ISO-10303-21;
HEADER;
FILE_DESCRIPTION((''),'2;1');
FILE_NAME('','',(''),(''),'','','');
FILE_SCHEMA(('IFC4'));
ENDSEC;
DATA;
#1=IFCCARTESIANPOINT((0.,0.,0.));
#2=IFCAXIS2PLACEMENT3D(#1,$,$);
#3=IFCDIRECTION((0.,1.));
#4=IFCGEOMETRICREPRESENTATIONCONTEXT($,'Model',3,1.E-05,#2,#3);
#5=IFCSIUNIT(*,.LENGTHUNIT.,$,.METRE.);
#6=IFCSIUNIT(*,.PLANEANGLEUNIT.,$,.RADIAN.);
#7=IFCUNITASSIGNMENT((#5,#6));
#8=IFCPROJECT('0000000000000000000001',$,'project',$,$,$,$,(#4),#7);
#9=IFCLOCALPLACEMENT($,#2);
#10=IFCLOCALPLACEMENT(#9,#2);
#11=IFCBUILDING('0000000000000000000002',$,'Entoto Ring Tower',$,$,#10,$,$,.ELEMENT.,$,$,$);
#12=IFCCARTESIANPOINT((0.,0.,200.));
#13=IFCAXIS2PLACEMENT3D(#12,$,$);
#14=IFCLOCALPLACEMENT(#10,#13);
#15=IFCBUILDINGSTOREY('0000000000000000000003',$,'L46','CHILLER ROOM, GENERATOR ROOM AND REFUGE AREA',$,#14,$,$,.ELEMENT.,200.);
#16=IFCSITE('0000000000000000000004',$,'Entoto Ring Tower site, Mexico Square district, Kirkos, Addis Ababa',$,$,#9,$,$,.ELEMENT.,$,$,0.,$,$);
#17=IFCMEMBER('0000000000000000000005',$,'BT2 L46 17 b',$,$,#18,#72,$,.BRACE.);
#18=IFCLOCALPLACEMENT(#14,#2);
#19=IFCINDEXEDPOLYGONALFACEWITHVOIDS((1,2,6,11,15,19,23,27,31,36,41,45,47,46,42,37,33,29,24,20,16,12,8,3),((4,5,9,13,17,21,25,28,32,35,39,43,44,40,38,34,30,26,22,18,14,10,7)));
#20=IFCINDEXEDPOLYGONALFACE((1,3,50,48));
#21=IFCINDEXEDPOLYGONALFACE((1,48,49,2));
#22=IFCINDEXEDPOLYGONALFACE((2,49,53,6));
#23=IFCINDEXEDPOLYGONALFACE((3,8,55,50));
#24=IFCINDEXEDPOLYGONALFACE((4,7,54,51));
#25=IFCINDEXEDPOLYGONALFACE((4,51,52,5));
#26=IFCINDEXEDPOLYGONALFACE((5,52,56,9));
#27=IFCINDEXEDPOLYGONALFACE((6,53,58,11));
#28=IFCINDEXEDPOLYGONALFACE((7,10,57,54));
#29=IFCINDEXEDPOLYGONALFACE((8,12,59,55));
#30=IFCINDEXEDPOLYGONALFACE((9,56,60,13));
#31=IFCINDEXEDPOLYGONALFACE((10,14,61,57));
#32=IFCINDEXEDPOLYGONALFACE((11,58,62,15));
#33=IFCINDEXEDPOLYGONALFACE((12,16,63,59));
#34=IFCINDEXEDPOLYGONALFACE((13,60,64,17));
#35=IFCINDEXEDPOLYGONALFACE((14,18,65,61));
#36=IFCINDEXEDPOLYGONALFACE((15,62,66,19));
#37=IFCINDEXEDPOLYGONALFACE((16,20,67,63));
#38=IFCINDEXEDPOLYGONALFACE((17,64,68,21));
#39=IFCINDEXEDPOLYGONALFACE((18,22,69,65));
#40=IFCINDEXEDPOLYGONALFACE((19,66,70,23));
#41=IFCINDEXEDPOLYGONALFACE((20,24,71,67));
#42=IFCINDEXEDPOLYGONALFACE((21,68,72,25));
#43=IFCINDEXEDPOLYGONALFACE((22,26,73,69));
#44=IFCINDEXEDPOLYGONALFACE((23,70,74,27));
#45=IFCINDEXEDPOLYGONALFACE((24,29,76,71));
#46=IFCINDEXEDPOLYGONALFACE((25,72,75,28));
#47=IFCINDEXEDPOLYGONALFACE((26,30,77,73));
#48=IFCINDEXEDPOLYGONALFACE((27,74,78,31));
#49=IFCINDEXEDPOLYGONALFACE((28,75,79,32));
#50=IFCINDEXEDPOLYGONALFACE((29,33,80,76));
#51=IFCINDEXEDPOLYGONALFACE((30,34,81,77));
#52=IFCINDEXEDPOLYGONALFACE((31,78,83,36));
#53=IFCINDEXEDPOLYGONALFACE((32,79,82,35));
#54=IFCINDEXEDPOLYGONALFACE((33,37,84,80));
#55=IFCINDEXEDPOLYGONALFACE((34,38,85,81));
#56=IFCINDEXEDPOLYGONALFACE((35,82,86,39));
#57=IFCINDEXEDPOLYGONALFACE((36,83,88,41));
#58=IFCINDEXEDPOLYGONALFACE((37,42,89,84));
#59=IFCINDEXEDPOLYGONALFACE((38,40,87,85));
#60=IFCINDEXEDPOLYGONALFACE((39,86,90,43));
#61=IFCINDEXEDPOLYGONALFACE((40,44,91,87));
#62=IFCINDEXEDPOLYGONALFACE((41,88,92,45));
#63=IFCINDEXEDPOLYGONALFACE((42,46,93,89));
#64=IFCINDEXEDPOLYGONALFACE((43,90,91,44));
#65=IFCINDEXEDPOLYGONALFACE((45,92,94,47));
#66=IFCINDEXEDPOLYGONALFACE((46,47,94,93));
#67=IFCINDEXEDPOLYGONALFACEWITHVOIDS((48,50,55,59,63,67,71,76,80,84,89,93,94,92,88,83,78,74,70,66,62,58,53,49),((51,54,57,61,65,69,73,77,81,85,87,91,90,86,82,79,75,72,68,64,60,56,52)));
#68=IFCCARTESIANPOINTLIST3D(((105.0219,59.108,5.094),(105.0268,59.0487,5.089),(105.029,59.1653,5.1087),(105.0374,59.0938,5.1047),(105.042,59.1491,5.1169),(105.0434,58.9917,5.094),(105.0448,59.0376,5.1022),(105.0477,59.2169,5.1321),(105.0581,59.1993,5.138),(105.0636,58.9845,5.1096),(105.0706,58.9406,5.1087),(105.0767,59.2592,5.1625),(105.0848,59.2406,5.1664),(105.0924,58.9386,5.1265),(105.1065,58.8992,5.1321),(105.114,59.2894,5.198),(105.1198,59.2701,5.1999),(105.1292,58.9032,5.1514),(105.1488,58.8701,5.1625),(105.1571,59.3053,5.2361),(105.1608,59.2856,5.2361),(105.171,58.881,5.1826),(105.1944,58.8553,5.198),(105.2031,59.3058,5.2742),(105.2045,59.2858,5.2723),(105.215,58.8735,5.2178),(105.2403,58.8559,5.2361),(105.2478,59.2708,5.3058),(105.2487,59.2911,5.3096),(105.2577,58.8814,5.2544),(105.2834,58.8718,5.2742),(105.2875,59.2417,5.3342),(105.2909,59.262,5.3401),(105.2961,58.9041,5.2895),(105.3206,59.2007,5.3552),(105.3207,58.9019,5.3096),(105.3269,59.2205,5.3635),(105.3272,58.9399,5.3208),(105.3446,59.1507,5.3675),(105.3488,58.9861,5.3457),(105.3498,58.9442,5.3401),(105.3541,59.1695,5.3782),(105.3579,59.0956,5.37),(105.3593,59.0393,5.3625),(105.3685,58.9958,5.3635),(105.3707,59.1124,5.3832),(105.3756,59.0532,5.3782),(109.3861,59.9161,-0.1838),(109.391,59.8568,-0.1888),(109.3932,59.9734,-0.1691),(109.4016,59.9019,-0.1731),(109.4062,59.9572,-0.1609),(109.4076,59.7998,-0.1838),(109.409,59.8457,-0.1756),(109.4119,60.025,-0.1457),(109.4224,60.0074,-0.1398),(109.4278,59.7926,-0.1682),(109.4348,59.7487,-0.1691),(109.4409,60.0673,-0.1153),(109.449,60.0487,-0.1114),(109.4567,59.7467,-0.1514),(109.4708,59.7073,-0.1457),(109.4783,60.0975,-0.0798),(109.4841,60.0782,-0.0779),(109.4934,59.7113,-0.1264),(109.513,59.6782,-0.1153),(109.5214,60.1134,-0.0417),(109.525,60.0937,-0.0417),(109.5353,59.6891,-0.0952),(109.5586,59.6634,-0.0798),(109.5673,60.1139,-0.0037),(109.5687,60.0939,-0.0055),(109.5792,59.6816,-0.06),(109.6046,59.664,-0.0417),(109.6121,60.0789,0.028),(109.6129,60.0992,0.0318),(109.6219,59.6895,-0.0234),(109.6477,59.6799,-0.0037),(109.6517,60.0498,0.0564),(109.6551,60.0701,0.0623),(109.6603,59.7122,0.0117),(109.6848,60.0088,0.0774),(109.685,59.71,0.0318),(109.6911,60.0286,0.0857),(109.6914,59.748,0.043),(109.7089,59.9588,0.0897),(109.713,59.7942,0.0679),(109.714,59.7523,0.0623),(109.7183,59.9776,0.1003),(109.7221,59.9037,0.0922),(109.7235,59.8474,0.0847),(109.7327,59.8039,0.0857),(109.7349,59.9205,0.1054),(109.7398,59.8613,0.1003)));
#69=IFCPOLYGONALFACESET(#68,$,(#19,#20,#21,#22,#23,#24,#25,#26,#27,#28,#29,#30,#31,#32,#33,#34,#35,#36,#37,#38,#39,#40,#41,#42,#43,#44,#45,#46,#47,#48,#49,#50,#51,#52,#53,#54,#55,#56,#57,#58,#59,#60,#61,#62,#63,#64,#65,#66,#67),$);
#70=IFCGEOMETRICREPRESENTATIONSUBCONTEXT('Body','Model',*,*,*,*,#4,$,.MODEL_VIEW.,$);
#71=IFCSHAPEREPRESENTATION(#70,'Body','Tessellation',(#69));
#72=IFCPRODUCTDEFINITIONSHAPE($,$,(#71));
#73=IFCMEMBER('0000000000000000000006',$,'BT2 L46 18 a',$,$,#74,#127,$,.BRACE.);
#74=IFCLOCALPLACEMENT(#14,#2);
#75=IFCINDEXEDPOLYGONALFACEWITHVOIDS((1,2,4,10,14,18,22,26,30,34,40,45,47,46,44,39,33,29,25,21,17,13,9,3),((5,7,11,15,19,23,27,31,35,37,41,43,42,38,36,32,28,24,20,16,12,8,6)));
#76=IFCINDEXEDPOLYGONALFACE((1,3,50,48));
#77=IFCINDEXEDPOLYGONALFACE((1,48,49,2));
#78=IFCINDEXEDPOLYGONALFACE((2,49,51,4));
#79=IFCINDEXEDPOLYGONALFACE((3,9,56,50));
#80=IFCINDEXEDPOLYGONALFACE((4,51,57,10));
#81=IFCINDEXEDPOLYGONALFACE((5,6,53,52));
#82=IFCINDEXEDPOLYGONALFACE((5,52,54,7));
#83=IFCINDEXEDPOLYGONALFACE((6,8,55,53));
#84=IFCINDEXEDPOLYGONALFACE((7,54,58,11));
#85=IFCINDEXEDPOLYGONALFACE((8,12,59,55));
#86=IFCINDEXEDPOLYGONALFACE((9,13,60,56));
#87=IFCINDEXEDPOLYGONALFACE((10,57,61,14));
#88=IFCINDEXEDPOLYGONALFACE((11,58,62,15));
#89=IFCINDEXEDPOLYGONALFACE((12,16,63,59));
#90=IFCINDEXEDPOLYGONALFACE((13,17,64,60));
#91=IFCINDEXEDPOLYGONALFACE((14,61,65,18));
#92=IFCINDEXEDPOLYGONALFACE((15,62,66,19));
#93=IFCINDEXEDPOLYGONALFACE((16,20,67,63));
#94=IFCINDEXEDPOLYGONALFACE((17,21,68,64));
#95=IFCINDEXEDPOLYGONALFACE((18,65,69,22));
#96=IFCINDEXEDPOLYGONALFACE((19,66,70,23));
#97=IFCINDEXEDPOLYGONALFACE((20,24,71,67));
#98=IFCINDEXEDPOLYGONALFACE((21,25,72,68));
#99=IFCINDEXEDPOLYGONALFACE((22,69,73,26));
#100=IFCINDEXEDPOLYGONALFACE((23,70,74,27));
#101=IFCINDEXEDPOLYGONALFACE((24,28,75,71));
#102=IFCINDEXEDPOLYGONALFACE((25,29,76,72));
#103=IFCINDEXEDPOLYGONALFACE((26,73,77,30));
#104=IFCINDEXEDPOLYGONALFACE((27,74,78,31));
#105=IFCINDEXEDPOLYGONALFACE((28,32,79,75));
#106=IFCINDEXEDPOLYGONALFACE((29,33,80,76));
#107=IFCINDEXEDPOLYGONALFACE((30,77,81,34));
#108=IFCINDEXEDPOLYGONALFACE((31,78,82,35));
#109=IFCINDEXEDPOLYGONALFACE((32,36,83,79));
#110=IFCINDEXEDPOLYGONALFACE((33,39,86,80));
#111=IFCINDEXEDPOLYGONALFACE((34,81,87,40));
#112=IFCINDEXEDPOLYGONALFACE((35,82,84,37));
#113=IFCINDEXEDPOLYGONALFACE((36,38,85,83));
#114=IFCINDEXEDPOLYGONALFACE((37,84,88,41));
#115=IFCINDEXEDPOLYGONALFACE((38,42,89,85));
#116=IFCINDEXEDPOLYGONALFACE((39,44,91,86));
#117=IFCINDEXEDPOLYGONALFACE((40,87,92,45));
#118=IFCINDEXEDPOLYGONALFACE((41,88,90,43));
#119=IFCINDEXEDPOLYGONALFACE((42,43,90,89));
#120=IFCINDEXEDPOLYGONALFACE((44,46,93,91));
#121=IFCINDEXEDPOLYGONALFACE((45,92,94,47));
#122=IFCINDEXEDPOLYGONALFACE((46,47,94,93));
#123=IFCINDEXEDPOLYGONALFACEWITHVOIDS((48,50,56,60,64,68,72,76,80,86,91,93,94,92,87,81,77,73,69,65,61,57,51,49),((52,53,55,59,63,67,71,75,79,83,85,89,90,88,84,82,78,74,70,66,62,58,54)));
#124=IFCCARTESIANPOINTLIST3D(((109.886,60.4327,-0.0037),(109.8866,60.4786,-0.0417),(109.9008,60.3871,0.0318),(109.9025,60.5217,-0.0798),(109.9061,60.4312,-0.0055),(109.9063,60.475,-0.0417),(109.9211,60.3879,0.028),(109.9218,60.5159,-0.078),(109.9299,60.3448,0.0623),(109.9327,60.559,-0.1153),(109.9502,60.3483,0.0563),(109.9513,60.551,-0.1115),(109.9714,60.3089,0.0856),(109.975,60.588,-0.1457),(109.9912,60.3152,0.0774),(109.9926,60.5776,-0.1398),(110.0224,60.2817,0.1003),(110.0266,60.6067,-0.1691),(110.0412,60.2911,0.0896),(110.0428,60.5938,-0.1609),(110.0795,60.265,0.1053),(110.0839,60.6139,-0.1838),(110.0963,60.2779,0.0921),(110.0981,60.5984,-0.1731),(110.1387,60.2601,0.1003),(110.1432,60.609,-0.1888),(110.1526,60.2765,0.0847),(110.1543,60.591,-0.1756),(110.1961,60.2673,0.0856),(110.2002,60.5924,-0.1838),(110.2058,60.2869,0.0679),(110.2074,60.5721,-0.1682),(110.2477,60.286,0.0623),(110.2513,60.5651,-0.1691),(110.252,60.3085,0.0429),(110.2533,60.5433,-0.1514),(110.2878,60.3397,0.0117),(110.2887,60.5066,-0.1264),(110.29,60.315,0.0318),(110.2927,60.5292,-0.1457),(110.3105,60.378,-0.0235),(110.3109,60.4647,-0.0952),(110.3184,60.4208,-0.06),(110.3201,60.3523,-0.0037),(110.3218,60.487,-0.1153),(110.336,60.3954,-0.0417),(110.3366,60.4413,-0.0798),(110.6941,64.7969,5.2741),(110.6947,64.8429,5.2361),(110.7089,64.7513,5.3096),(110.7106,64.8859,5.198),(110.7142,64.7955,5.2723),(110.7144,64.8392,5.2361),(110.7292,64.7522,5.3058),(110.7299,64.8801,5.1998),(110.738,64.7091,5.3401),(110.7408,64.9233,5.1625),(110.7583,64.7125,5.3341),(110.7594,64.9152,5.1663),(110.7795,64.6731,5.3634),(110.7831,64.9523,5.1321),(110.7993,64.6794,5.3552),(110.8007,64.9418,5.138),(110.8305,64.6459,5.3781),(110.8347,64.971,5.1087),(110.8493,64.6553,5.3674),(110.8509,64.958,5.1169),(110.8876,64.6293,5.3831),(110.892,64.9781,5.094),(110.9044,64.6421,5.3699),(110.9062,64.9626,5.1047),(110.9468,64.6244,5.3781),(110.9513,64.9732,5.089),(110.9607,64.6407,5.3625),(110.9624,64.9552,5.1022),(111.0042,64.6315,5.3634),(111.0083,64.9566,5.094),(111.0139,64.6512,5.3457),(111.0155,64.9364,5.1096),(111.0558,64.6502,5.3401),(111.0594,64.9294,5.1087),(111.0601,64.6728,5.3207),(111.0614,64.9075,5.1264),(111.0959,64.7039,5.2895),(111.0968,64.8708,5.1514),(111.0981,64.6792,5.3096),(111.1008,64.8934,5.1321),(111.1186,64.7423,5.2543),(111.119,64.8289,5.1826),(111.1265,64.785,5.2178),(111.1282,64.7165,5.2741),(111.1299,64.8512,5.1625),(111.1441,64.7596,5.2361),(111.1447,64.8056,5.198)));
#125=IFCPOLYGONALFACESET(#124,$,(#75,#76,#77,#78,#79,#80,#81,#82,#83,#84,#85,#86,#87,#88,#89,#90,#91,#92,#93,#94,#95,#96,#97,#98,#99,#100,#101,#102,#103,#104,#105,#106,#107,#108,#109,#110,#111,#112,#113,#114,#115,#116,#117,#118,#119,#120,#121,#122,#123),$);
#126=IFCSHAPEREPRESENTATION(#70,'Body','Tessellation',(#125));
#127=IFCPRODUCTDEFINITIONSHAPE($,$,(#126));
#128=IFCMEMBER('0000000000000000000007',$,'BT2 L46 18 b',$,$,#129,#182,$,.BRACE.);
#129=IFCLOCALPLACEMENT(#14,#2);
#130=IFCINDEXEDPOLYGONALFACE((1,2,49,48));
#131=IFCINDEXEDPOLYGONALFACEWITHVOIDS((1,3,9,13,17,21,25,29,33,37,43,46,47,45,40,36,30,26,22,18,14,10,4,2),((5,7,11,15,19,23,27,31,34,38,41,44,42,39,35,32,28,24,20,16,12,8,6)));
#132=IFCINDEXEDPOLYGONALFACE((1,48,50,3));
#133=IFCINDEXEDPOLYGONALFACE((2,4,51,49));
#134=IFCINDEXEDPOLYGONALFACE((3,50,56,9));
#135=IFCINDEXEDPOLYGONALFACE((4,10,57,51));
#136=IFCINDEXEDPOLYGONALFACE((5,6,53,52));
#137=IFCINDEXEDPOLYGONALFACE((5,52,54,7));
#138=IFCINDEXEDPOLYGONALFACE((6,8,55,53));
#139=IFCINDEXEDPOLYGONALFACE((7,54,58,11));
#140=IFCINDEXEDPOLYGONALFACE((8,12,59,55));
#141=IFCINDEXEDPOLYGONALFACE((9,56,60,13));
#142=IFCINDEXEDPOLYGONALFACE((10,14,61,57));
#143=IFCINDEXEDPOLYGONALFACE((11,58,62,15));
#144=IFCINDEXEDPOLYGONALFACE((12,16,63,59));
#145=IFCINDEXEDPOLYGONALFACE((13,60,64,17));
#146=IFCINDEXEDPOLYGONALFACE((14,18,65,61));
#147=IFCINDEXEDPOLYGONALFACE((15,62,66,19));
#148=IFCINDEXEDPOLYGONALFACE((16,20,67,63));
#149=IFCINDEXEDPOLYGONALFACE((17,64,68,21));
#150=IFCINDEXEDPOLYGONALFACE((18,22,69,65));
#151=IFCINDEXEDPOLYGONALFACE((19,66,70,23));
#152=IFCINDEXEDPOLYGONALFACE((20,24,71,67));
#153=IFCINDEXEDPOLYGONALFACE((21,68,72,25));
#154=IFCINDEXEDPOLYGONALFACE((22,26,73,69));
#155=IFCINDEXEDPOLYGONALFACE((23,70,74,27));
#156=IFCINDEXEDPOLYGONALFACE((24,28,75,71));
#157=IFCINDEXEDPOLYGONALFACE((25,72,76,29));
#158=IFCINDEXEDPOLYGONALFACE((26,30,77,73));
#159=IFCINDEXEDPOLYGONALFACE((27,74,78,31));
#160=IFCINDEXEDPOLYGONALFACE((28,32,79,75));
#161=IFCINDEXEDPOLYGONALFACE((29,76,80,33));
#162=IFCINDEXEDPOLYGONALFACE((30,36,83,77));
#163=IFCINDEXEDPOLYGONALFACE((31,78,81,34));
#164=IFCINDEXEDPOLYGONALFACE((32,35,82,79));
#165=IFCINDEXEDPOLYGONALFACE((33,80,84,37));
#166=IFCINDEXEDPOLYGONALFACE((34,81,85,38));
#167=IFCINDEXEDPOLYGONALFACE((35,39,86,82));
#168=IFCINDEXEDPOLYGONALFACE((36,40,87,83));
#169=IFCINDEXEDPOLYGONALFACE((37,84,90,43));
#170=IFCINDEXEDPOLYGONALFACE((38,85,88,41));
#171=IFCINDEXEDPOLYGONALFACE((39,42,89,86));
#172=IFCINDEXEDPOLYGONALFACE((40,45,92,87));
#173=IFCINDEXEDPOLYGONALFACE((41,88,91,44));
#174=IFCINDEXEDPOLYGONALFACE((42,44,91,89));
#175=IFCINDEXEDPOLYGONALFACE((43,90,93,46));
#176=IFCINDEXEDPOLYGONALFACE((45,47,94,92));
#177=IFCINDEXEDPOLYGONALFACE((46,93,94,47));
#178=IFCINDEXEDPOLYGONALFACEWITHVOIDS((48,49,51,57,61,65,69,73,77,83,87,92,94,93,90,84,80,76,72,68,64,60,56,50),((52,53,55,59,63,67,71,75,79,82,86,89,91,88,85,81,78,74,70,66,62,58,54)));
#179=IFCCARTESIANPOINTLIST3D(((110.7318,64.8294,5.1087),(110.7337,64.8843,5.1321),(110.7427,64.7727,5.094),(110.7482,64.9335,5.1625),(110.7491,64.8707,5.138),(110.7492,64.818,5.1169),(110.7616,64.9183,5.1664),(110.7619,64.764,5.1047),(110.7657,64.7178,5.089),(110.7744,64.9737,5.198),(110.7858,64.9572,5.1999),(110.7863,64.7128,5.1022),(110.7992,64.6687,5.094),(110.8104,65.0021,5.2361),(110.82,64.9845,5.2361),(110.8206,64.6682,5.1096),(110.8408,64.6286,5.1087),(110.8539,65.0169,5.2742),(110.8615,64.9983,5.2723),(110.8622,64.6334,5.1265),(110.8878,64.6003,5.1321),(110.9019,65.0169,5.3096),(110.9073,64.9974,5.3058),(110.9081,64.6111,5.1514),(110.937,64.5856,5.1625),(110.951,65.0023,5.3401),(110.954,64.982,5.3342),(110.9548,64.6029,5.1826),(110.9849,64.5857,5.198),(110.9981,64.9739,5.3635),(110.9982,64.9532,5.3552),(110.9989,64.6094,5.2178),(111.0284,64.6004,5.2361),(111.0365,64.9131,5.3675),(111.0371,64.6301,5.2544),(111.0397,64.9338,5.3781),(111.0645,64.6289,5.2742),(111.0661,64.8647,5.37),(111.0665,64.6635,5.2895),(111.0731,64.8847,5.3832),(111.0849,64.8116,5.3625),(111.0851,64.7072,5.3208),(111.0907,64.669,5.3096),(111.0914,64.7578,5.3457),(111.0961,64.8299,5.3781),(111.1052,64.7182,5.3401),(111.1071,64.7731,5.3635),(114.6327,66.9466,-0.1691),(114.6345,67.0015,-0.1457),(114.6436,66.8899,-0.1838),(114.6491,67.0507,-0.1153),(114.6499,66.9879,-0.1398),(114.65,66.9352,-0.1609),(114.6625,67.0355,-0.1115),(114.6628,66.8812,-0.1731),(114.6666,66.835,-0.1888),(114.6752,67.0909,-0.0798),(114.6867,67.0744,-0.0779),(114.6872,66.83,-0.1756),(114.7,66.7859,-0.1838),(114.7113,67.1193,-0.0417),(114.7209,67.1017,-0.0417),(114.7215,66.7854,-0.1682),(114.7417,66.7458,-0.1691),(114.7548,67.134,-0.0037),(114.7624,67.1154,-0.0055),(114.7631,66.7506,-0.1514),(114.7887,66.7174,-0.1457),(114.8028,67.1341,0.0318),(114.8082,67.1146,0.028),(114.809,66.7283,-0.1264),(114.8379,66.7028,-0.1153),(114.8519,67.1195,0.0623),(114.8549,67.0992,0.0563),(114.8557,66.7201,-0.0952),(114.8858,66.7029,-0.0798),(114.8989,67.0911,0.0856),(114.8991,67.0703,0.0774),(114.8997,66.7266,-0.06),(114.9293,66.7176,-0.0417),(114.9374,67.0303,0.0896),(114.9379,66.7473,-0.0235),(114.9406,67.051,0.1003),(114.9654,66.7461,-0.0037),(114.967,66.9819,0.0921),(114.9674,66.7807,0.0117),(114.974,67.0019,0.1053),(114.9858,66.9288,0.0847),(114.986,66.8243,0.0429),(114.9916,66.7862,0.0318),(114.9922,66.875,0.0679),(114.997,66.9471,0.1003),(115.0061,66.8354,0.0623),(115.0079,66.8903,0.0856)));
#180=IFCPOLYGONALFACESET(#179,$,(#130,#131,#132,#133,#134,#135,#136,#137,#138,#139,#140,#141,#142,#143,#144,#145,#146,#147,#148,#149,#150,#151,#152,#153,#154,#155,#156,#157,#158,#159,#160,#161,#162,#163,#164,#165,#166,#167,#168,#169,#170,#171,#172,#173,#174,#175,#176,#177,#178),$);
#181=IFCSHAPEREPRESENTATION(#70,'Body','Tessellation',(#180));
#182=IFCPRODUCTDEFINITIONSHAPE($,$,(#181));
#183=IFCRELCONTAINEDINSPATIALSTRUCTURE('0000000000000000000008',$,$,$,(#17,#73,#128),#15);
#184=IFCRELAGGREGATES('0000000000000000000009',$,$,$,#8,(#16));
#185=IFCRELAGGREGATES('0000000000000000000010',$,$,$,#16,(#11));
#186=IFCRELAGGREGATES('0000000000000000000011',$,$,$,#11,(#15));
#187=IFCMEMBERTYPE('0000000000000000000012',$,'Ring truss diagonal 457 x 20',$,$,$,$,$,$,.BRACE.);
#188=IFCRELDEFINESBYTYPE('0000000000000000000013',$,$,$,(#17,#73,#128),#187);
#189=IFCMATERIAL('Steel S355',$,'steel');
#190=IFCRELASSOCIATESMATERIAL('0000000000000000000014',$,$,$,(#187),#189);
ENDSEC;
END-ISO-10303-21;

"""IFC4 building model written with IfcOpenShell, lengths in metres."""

from ifc_helpers import new_model, si_unit, direction, frame, origin, origin_2d, place, context, subcontext, project, spatial, circle, hollow_circle, extrude, material, material_profile, profile_set, type_object, element, save


model = new_model("IFC4")

# Units and contexts
model_context = context("Model", 3, precision=1e-05, world=origin(), true_north=direction((0.0, 1.0)))
body_context = subcontext(model_context, "Body", "Model", "MODEL_VIEW")
ifc_project = project(units=[si_unit("LENGTHUNIT", "METRE"), si_unit("PLANEANGLEUNIT", "RADIAN")], contexts=[model_context])

# Site, building, storey
site_placement = place(None, origin())
site = spatial("IfcSite", under=ifc_project, at=site_placement, Name="Entoto Ring Tower site, Mexico Square district, Kirkos, Addis Ababa", CompositionType="ELEMENT", RefElevation=0.0)
building_placement = place(site_placement, origin())
building = spatial("IfcBuilding", under=site, at=building_placement, Name="Entoto Ring Tower", CompositionType="ELEMENT")
storey_placement = place(building_placement, frame((0.0, 0.0, 200.0)))
storey = spatial("IfcBuildingStorey", under=building, at=storey_placement, Name="L46", Description="CHILLER ROOM, GENERATOR ROOM AND REFUGE AREA", CompositionType="ELEMENT", Elevation=200.0)

# Members
ifc_material_1 = material(Name="Steel S355", Category="steel")
ifc_material_profile_1 = material_profile(ifc_material_1, hollow_circle(Radius=0.2285, WallThickness=0.02, at=origin_2d()), Name="CHS 457 x 20")
ifc_material_2 = material(Name="Concrete C60/75", Category="concrete")
ifc_material_profile_2 = material_profile(ifc_material_2, circle(Radius=0.2085, at=origin_2d()), Name="Concrete C60/75 infill")
ifc_profile_set_1 = profile_set([ifc_material_profile_1, ifc_material_profile_2], Name="Steel S355")
member_type_1 = type_object("IfcMemberType", Name="Ring truss diagonal 457 x 20", PredefinedType="BRACE", material=ifc_profile_set_1)
for number, where, z_axis, x_axis, name in (
    (1, (105.1987, 59.0806, 5.2361), (0.632865, 0.117184, -0.765343), (-0.18207, 0.983286, 0.0), "BT2 L46 17 b"),
    (2, (110.1113, 60.437, -0.0417), (0.117184, 0.632865, 0.765343), (-0.983286, 0.18207, 0.0), "BT2 L46 18 a"),
    (3, (110.9194, 64.8013, 5.2361), (0.565672, 0.307017, -0.765347), (-0.477017, 0.878894, 0.0), "BT2 L46 18 b"),
):
    element("IfcMember", number, at=place(storey_placement, frame(where, z_axis=z_axis, x_axis=x_axis)), inside=storey, type_object=member_type_1, Name=name, PredefinedType="BRACE", context=body_context, shape_type="SweptSolid", body=[
        extrude(hollow_circle(Radius=0.2285, WallThickness=0.02, at=origin_2d()), origin(), (0.0, 0.0, 1.0), 6.896),
    ])

save(model, "model.ifc")
